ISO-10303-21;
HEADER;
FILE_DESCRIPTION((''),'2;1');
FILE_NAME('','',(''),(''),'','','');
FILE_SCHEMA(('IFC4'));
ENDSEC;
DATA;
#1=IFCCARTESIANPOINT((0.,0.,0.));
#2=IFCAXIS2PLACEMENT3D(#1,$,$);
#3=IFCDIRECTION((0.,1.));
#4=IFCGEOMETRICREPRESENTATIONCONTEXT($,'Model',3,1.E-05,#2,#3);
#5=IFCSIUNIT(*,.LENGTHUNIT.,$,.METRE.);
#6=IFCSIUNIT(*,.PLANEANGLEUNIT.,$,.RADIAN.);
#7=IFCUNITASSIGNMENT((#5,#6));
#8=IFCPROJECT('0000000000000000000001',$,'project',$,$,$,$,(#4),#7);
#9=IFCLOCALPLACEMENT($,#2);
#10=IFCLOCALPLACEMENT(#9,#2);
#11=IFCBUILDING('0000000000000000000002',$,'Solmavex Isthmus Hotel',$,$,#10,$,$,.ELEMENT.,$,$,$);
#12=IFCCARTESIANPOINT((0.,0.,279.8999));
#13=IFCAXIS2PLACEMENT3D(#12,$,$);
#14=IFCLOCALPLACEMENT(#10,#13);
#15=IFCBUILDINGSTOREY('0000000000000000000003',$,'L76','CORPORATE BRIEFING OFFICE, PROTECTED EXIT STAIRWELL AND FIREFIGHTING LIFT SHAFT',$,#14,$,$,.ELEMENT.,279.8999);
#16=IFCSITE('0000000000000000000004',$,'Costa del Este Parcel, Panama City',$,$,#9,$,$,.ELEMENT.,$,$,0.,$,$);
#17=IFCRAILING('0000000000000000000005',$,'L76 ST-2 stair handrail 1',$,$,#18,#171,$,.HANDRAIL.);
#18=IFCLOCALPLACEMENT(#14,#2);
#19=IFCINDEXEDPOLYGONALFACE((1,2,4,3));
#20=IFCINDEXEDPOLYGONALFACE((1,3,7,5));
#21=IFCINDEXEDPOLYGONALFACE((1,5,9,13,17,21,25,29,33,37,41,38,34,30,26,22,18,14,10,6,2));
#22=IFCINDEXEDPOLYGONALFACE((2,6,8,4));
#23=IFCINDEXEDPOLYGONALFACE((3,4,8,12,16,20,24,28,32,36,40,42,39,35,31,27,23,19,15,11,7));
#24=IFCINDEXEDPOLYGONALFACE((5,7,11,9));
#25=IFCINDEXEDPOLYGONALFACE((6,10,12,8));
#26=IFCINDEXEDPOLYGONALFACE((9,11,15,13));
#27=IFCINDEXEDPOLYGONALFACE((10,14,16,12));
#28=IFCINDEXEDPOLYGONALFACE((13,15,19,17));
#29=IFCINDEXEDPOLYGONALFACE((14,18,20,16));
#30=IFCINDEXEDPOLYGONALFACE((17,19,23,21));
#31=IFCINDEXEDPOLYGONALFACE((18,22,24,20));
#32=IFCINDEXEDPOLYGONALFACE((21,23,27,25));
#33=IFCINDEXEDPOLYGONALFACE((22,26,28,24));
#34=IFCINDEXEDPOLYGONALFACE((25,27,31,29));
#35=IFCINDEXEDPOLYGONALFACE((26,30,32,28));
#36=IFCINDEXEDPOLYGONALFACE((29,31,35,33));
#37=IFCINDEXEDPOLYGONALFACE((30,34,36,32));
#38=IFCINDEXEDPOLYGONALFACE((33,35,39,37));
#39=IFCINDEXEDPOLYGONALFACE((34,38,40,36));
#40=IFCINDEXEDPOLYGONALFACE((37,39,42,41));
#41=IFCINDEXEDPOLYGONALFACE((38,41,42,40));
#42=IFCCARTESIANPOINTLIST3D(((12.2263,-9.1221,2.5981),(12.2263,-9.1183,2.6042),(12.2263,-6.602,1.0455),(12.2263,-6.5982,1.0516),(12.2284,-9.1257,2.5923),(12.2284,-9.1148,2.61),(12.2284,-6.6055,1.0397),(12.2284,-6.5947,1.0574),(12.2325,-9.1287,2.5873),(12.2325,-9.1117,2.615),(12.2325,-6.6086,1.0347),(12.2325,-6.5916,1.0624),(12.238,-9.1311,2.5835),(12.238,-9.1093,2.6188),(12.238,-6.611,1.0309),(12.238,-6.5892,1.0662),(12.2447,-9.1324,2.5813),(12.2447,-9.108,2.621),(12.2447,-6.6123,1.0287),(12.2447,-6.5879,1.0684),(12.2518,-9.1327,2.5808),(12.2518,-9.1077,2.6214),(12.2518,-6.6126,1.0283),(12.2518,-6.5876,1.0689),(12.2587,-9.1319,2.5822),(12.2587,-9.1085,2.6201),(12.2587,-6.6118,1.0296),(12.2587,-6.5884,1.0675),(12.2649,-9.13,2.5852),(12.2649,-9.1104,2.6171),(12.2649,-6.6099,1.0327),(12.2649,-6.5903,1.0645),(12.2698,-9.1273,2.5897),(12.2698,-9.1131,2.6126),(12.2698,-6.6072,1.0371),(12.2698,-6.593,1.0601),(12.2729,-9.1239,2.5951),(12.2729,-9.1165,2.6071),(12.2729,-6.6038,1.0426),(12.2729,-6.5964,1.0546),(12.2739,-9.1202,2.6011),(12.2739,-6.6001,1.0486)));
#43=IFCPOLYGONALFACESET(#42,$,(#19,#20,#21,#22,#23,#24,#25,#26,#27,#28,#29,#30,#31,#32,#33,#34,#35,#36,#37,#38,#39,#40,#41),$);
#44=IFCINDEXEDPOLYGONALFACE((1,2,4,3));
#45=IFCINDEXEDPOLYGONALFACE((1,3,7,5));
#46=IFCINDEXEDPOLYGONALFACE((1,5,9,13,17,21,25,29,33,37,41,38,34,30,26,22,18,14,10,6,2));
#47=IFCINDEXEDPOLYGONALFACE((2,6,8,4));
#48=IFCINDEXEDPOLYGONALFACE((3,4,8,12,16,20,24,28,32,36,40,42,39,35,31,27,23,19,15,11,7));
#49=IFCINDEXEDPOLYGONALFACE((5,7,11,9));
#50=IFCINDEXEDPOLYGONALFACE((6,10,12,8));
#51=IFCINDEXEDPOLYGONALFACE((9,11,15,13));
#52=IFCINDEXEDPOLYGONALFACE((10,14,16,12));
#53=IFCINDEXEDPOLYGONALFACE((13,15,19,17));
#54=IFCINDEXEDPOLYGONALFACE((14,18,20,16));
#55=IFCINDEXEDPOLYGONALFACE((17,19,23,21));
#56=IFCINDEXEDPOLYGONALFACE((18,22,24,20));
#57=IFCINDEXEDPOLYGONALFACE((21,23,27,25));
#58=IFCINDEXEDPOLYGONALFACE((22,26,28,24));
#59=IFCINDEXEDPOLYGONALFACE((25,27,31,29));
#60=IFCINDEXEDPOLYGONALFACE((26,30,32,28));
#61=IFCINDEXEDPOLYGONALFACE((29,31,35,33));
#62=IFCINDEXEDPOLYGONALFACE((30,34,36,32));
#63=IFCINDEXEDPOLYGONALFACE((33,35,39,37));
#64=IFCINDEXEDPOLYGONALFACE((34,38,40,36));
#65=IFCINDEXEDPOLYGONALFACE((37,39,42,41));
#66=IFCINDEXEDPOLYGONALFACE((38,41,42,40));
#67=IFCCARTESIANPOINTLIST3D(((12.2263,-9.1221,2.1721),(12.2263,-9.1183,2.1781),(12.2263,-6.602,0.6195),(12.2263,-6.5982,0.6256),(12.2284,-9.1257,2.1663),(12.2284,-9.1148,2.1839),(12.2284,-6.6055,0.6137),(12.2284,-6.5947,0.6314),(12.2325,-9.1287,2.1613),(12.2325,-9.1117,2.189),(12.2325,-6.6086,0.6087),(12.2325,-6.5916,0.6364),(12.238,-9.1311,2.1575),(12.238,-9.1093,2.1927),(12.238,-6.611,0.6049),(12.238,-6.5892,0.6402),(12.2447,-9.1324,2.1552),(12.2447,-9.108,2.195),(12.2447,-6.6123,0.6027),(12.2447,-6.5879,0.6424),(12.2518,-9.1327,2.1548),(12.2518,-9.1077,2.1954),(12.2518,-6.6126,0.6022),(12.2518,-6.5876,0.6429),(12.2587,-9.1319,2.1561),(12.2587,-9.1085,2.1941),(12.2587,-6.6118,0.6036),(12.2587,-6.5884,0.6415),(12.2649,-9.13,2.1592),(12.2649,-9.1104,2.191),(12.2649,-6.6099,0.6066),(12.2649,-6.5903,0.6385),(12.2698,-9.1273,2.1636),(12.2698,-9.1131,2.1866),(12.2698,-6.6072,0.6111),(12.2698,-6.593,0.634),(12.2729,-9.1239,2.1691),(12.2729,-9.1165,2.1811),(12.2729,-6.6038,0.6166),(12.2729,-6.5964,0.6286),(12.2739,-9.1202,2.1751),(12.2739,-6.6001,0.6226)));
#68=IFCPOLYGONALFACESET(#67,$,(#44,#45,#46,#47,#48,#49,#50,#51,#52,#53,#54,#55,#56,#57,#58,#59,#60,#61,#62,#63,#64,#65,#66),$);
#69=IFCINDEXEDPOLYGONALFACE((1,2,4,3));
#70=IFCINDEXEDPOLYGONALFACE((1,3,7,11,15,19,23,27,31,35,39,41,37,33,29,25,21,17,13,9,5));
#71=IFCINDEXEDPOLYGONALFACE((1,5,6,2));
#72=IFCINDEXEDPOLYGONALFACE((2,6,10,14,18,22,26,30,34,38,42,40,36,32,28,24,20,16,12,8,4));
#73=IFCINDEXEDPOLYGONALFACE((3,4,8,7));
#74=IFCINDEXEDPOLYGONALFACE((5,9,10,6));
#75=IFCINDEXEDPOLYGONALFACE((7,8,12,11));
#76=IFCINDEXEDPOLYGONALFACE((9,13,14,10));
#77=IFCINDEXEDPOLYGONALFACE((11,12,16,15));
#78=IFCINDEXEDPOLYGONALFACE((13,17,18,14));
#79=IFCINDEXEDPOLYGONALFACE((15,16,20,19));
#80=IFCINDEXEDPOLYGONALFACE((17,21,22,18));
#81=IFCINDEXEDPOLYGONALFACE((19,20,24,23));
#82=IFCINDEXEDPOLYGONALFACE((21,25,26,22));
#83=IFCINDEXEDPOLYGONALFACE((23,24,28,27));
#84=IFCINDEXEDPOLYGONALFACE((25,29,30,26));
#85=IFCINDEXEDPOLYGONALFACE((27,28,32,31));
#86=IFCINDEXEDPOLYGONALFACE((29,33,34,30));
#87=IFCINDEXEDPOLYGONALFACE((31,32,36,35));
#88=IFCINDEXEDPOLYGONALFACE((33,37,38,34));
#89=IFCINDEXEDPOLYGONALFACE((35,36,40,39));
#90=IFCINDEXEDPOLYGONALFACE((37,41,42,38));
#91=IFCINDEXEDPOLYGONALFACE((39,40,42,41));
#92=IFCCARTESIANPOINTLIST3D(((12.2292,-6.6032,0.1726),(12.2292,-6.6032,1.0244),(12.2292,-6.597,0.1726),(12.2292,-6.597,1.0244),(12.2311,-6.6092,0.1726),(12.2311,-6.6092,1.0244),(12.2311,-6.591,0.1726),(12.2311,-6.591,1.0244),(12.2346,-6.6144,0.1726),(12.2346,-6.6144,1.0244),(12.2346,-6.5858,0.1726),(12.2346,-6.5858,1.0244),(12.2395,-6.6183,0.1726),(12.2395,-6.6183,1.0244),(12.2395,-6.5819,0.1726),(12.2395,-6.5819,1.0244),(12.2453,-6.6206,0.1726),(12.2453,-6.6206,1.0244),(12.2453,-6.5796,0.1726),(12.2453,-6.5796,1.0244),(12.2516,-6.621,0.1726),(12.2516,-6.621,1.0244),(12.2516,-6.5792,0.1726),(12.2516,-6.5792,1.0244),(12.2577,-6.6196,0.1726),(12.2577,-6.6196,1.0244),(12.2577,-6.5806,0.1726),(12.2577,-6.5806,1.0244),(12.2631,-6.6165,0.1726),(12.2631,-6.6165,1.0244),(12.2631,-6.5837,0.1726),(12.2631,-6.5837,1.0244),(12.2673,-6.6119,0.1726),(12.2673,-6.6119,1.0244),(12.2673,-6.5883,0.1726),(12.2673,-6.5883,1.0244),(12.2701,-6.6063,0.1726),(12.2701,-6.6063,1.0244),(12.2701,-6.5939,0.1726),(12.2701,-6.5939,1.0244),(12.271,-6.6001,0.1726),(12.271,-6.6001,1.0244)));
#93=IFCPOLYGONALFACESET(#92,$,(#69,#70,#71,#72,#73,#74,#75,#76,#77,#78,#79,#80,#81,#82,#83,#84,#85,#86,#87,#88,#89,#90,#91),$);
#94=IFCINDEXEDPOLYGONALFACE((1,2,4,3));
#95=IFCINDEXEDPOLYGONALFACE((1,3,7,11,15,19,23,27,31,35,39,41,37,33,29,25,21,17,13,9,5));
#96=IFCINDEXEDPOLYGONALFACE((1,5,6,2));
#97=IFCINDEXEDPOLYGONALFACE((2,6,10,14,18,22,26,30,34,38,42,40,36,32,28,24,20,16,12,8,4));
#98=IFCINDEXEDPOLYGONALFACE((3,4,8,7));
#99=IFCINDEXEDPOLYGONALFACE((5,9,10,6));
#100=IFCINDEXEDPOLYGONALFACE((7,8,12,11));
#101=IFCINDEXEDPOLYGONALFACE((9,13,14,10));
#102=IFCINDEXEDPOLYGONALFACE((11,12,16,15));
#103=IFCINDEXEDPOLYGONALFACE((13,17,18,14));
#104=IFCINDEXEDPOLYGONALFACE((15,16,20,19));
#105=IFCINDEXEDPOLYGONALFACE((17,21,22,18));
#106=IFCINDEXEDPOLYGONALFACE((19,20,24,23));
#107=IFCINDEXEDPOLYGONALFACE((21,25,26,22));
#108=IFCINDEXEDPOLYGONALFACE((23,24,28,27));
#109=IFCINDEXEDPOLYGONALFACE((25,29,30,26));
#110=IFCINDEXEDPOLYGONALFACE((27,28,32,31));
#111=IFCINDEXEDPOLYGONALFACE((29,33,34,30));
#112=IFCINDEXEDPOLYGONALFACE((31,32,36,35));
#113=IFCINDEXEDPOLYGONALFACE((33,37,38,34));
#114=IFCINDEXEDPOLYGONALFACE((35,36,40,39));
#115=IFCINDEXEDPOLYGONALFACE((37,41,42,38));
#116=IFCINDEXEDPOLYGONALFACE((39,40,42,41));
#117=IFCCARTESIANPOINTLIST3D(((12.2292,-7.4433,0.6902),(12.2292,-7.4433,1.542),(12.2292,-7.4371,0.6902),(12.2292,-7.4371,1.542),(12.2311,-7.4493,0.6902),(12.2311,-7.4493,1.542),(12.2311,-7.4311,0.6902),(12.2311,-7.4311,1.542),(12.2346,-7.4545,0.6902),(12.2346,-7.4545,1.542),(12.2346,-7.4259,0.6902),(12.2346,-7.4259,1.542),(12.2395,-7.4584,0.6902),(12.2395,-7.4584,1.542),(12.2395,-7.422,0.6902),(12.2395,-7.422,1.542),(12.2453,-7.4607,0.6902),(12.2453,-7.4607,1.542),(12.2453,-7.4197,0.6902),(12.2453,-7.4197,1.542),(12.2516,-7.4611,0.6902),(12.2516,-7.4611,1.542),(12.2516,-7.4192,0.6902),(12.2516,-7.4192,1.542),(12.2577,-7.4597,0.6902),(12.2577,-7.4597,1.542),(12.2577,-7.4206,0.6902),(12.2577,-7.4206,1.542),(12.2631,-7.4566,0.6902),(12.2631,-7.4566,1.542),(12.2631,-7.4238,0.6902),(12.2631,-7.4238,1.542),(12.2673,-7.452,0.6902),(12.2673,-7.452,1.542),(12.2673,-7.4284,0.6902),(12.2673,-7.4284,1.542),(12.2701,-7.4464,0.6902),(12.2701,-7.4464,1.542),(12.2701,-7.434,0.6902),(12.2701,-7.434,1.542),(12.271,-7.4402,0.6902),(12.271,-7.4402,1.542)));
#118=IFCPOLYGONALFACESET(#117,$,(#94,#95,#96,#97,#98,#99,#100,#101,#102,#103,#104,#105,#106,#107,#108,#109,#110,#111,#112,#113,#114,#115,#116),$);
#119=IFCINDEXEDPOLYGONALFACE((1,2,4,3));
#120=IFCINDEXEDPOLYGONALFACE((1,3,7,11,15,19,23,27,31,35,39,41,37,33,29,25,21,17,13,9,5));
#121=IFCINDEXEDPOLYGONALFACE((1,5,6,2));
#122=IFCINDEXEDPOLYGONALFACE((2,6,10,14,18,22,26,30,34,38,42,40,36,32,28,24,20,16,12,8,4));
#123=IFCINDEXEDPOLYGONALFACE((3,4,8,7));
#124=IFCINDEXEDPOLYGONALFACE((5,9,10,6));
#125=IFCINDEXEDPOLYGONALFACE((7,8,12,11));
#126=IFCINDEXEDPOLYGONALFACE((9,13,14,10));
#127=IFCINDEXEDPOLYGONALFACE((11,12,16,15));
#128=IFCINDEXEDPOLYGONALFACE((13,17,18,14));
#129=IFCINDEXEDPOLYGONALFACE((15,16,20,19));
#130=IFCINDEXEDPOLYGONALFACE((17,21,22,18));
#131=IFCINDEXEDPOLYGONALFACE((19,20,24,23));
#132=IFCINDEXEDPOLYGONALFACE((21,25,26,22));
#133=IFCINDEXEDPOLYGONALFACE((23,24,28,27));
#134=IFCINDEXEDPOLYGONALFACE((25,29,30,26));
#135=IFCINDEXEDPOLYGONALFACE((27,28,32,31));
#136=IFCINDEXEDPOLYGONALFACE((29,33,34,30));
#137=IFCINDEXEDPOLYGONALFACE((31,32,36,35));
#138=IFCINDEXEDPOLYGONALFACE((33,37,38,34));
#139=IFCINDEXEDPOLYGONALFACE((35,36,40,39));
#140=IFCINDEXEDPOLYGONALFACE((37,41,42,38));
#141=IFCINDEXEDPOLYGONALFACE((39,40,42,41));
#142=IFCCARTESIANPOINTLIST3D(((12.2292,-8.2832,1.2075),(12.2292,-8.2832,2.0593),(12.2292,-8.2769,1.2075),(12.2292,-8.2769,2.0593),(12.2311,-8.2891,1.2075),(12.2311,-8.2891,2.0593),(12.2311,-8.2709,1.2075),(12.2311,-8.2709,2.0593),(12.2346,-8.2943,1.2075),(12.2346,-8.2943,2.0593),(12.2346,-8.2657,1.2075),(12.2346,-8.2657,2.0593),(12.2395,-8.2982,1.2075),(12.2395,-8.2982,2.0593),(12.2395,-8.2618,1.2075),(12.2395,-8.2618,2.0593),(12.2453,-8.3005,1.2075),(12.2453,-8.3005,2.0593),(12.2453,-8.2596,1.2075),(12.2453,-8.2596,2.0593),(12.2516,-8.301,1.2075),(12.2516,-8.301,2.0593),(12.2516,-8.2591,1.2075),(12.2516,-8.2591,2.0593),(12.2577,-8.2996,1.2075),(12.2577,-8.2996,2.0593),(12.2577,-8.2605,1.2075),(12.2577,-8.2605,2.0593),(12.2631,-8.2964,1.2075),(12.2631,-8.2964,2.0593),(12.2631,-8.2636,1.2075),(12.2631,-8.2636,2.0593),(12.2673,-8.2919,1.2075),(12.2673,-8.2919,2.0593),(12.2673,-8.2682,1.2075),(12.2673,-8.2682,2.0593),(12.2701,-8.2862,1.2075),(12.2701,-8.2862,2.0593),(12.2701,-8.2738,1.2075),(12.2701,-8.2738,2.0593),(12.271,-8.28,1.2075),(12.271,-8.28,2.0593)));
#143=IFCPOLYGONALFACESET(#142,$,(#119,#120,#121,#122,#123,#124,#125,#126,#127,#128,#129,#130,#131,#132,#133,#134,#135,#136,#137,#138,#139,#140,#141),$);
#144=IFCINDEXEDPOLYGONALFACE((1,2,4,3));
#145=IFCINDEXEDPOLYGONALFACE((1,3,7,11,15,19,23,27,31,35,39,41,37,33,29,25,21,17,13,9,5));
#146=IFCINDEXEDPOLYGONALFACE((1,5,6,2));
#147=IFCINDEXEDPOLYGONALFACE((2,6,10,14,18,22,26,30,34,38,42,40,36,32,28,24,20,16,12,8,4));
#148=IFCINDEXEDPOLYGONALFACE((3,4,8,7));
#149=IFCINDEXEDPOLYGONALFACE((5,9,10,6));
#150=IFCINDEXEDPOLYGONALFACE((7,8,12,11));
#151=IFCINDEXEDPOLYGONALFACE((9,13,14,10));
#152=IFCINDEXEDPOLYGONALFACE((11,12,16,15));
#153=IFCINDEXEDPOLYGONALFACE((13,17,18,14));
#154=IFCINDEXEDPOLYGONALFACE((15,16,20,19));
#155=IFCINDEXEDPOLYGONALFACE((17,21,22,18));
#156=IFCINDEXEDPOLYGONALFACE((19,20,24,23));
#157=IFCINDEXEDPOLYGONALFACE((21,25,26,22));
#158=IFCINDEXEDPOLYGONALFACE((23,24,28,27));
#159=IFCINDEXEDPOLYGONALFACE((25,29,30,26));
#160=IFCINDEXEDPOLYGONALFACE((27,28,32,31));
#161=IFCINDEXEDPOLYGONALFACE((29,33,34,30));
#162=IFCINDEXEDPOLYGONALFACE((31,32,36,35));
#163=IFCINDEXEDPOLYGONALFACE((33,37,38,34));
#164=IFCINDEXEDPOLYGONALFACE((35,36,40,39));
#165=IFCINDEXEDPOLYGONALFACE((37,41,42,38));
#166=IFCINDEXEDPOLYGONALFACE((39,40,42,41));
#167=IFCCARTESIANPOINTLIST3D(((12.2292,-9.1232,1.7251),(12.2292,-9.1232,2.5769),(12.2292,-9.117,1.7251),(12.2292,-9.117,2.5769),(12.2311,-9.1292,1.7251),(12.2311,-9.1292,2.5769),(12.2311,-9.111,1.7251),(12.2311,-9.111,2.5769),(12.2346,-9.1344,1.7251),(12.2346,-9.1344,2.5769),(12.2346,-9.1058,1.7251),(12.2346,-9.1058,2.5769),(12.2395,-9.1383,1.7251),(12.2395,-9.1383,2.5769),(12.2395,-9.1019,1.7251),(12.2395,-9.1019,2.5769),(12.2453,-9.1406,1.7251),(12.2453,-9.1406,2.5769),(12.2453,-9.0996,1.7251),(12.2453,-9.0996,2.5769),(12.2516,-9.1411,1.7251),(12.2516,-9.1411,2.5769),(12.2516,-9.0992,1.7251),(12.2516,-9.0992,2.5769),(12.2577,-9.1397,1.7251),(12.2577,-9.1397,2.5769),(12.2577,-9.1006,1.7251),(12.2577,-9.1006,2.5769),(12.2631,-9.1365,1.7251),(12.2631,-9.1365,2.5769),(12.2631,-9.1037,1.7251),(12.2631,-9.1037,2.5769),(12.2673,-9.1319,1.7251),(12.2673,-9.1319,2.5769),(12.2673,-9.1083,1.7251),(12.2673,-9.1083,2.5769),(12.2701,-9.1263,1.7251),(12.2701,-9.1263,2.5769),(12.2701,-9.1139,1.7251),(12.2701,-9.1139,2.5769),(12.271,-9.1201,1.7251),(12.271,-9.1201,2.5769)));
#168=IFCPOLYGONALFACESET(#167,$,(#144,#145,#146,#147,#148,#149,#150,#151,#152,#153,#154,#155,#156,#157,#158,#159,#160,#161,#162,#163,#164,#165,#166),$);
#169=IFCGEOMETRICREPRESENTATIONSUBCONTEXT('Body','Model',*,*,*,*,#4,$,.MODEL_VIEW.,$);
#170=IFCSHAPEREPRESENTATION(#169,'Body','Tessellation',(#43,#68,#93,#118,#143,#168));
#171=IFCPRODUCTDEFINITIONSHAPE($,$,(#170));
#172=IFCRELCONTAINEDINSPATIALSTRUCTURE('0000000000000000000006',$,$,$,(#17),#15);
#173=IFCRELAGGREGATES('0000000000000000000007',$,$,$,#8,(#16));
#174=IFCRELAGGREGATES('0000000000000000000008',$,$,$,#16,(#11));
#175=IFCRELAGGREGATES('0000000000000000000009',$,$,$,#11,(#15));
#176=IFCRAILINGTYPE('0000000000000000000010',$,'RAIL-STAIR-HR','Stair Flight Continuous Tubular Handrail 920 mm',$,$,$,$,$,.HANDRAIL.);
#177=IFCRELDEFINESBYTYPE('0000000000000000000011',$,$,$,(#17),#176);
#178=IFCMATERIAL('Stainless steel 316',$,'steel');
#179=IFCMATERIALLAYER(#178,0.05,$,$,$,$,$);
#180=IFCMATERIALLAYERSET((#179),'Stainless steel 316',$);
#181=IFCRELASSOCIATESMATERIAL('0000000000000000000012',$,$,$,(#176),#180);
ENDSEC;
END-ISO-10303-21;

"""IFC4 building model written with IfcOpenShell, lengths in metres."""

from ifc_helpers import new_model, si_unit, direction, frame, origin, origin_2d, place, context, subcontext, project, spatial, circle, extrude, material, layer, layer_set, type_object, element, save


model = new_model("IFC4")

# Units and contexts
model_context = context("Model", 3, precision=1e-05, world=origin(), true_north=direction((0.0, 1.0)))
body_context = subcontext(model_context, "Body", "Model", "MODEL_VIEW")
ifc_project = project(units=[si_unit("LENGTHUNIT", "METRE"), si_unit("PLANEANGLEUNIT", "RADIAN")], contexts=[model_context])

# Site, building, storey
site_placement = place(None, origin())
site = spatial("IfcSite", under=ifc_project, at=site_placement, Name="Costa del Este Parcel, Panama City", CompositionType="ELEMENT", RefElevation=0.0)
building_placement = place(site_placement, origin())
building = spatial("IfcBuilding", under=site, at=building_placement, Name="Solmavex Isthmus Hotel", CompositionType="ELEMENT")
storey_placement = place(building_placement, frame((0.0, 0.0, 279.8999)))
storey = spatial("IfcBuildingStorey", under=building, at=storey_placement, Name="L76", Description="CORPORATE BRIEFING OFFICE, PROTECTED EXIT STAIRWELL AND FIREFIGHTING LIFT SHAFT", CompositionType="ELEMENT", Elevation=279.8999)

# Shared definitions
ifc_material_1 = material(Name="Stainless steel 316", Category="steel")

# Railing
ifc_layer_1 = layer(ifc_material_1, 0.05)
ifc_layer_set_1 = layer_set([ifc_layer_1], Name="Stainless steel 316")
railing_type_1 = type_object("IfcRailingType", Name="RAIL-STAIR-HR", Description="Stair Flight Continuous Tubular Handrail 920 mm", PredefinedType="HANDRAIL", material=ifc_layer_set_1)
railing_1_placement = place(storey_placement, frame((12.25, -6.6001, 0.1726)))
element("IfcRailing", 1, at=railing_1_placement, inside=storey, type_object=railing_type_1, Name="L76 ST-2 stair handrail 1", PredefinedType="HANDRAIL", context=body_context, shape_type="SweptSolid", body=[
    extrude(circle(Radius=0.0239, at=origin_2d()), frame((0.0, 0.0, 0.876), z_axis=(0.0, -0.8514, 0.524516), x_axis=(1.0, 0.0, 0.0)), (0.0, 0.0, 1.0), 2.96),
    extrude(circle(Radius=0.0239, at=origin_2d()), frame((0.0, 0.0, 0.45), z_axis=(0.0, -0.8514, 0.524516), x_axis=(1.0, 0.0, 0.0)), (0.0, 0.0, 1.0), 2.96),
    extrude(circle(Radius=0.021, at=origin_2d()), origin(), (0.0, 0.0, 1.0), 0.8518),
    extrude(circle(Radius=0.021, at=origin_2d()), frame((0.0, -0.8401, 0.5176)), (0.0, 0.0, 1.0), 0.8518),
    extrude(circle(Radius=0.021, at=origin_2d()), frame((0.0, -1.6799, 1.0349)), (0.0, 0.0, 1.0), 0.8518),
    extrude(circle(Radius=0.021, at=origin_2d()), frame((0.0, -2.52, 1.5525)), (0.0, 0.0, 1.0), 0.8518),
])

save(model, "model.ifc")
